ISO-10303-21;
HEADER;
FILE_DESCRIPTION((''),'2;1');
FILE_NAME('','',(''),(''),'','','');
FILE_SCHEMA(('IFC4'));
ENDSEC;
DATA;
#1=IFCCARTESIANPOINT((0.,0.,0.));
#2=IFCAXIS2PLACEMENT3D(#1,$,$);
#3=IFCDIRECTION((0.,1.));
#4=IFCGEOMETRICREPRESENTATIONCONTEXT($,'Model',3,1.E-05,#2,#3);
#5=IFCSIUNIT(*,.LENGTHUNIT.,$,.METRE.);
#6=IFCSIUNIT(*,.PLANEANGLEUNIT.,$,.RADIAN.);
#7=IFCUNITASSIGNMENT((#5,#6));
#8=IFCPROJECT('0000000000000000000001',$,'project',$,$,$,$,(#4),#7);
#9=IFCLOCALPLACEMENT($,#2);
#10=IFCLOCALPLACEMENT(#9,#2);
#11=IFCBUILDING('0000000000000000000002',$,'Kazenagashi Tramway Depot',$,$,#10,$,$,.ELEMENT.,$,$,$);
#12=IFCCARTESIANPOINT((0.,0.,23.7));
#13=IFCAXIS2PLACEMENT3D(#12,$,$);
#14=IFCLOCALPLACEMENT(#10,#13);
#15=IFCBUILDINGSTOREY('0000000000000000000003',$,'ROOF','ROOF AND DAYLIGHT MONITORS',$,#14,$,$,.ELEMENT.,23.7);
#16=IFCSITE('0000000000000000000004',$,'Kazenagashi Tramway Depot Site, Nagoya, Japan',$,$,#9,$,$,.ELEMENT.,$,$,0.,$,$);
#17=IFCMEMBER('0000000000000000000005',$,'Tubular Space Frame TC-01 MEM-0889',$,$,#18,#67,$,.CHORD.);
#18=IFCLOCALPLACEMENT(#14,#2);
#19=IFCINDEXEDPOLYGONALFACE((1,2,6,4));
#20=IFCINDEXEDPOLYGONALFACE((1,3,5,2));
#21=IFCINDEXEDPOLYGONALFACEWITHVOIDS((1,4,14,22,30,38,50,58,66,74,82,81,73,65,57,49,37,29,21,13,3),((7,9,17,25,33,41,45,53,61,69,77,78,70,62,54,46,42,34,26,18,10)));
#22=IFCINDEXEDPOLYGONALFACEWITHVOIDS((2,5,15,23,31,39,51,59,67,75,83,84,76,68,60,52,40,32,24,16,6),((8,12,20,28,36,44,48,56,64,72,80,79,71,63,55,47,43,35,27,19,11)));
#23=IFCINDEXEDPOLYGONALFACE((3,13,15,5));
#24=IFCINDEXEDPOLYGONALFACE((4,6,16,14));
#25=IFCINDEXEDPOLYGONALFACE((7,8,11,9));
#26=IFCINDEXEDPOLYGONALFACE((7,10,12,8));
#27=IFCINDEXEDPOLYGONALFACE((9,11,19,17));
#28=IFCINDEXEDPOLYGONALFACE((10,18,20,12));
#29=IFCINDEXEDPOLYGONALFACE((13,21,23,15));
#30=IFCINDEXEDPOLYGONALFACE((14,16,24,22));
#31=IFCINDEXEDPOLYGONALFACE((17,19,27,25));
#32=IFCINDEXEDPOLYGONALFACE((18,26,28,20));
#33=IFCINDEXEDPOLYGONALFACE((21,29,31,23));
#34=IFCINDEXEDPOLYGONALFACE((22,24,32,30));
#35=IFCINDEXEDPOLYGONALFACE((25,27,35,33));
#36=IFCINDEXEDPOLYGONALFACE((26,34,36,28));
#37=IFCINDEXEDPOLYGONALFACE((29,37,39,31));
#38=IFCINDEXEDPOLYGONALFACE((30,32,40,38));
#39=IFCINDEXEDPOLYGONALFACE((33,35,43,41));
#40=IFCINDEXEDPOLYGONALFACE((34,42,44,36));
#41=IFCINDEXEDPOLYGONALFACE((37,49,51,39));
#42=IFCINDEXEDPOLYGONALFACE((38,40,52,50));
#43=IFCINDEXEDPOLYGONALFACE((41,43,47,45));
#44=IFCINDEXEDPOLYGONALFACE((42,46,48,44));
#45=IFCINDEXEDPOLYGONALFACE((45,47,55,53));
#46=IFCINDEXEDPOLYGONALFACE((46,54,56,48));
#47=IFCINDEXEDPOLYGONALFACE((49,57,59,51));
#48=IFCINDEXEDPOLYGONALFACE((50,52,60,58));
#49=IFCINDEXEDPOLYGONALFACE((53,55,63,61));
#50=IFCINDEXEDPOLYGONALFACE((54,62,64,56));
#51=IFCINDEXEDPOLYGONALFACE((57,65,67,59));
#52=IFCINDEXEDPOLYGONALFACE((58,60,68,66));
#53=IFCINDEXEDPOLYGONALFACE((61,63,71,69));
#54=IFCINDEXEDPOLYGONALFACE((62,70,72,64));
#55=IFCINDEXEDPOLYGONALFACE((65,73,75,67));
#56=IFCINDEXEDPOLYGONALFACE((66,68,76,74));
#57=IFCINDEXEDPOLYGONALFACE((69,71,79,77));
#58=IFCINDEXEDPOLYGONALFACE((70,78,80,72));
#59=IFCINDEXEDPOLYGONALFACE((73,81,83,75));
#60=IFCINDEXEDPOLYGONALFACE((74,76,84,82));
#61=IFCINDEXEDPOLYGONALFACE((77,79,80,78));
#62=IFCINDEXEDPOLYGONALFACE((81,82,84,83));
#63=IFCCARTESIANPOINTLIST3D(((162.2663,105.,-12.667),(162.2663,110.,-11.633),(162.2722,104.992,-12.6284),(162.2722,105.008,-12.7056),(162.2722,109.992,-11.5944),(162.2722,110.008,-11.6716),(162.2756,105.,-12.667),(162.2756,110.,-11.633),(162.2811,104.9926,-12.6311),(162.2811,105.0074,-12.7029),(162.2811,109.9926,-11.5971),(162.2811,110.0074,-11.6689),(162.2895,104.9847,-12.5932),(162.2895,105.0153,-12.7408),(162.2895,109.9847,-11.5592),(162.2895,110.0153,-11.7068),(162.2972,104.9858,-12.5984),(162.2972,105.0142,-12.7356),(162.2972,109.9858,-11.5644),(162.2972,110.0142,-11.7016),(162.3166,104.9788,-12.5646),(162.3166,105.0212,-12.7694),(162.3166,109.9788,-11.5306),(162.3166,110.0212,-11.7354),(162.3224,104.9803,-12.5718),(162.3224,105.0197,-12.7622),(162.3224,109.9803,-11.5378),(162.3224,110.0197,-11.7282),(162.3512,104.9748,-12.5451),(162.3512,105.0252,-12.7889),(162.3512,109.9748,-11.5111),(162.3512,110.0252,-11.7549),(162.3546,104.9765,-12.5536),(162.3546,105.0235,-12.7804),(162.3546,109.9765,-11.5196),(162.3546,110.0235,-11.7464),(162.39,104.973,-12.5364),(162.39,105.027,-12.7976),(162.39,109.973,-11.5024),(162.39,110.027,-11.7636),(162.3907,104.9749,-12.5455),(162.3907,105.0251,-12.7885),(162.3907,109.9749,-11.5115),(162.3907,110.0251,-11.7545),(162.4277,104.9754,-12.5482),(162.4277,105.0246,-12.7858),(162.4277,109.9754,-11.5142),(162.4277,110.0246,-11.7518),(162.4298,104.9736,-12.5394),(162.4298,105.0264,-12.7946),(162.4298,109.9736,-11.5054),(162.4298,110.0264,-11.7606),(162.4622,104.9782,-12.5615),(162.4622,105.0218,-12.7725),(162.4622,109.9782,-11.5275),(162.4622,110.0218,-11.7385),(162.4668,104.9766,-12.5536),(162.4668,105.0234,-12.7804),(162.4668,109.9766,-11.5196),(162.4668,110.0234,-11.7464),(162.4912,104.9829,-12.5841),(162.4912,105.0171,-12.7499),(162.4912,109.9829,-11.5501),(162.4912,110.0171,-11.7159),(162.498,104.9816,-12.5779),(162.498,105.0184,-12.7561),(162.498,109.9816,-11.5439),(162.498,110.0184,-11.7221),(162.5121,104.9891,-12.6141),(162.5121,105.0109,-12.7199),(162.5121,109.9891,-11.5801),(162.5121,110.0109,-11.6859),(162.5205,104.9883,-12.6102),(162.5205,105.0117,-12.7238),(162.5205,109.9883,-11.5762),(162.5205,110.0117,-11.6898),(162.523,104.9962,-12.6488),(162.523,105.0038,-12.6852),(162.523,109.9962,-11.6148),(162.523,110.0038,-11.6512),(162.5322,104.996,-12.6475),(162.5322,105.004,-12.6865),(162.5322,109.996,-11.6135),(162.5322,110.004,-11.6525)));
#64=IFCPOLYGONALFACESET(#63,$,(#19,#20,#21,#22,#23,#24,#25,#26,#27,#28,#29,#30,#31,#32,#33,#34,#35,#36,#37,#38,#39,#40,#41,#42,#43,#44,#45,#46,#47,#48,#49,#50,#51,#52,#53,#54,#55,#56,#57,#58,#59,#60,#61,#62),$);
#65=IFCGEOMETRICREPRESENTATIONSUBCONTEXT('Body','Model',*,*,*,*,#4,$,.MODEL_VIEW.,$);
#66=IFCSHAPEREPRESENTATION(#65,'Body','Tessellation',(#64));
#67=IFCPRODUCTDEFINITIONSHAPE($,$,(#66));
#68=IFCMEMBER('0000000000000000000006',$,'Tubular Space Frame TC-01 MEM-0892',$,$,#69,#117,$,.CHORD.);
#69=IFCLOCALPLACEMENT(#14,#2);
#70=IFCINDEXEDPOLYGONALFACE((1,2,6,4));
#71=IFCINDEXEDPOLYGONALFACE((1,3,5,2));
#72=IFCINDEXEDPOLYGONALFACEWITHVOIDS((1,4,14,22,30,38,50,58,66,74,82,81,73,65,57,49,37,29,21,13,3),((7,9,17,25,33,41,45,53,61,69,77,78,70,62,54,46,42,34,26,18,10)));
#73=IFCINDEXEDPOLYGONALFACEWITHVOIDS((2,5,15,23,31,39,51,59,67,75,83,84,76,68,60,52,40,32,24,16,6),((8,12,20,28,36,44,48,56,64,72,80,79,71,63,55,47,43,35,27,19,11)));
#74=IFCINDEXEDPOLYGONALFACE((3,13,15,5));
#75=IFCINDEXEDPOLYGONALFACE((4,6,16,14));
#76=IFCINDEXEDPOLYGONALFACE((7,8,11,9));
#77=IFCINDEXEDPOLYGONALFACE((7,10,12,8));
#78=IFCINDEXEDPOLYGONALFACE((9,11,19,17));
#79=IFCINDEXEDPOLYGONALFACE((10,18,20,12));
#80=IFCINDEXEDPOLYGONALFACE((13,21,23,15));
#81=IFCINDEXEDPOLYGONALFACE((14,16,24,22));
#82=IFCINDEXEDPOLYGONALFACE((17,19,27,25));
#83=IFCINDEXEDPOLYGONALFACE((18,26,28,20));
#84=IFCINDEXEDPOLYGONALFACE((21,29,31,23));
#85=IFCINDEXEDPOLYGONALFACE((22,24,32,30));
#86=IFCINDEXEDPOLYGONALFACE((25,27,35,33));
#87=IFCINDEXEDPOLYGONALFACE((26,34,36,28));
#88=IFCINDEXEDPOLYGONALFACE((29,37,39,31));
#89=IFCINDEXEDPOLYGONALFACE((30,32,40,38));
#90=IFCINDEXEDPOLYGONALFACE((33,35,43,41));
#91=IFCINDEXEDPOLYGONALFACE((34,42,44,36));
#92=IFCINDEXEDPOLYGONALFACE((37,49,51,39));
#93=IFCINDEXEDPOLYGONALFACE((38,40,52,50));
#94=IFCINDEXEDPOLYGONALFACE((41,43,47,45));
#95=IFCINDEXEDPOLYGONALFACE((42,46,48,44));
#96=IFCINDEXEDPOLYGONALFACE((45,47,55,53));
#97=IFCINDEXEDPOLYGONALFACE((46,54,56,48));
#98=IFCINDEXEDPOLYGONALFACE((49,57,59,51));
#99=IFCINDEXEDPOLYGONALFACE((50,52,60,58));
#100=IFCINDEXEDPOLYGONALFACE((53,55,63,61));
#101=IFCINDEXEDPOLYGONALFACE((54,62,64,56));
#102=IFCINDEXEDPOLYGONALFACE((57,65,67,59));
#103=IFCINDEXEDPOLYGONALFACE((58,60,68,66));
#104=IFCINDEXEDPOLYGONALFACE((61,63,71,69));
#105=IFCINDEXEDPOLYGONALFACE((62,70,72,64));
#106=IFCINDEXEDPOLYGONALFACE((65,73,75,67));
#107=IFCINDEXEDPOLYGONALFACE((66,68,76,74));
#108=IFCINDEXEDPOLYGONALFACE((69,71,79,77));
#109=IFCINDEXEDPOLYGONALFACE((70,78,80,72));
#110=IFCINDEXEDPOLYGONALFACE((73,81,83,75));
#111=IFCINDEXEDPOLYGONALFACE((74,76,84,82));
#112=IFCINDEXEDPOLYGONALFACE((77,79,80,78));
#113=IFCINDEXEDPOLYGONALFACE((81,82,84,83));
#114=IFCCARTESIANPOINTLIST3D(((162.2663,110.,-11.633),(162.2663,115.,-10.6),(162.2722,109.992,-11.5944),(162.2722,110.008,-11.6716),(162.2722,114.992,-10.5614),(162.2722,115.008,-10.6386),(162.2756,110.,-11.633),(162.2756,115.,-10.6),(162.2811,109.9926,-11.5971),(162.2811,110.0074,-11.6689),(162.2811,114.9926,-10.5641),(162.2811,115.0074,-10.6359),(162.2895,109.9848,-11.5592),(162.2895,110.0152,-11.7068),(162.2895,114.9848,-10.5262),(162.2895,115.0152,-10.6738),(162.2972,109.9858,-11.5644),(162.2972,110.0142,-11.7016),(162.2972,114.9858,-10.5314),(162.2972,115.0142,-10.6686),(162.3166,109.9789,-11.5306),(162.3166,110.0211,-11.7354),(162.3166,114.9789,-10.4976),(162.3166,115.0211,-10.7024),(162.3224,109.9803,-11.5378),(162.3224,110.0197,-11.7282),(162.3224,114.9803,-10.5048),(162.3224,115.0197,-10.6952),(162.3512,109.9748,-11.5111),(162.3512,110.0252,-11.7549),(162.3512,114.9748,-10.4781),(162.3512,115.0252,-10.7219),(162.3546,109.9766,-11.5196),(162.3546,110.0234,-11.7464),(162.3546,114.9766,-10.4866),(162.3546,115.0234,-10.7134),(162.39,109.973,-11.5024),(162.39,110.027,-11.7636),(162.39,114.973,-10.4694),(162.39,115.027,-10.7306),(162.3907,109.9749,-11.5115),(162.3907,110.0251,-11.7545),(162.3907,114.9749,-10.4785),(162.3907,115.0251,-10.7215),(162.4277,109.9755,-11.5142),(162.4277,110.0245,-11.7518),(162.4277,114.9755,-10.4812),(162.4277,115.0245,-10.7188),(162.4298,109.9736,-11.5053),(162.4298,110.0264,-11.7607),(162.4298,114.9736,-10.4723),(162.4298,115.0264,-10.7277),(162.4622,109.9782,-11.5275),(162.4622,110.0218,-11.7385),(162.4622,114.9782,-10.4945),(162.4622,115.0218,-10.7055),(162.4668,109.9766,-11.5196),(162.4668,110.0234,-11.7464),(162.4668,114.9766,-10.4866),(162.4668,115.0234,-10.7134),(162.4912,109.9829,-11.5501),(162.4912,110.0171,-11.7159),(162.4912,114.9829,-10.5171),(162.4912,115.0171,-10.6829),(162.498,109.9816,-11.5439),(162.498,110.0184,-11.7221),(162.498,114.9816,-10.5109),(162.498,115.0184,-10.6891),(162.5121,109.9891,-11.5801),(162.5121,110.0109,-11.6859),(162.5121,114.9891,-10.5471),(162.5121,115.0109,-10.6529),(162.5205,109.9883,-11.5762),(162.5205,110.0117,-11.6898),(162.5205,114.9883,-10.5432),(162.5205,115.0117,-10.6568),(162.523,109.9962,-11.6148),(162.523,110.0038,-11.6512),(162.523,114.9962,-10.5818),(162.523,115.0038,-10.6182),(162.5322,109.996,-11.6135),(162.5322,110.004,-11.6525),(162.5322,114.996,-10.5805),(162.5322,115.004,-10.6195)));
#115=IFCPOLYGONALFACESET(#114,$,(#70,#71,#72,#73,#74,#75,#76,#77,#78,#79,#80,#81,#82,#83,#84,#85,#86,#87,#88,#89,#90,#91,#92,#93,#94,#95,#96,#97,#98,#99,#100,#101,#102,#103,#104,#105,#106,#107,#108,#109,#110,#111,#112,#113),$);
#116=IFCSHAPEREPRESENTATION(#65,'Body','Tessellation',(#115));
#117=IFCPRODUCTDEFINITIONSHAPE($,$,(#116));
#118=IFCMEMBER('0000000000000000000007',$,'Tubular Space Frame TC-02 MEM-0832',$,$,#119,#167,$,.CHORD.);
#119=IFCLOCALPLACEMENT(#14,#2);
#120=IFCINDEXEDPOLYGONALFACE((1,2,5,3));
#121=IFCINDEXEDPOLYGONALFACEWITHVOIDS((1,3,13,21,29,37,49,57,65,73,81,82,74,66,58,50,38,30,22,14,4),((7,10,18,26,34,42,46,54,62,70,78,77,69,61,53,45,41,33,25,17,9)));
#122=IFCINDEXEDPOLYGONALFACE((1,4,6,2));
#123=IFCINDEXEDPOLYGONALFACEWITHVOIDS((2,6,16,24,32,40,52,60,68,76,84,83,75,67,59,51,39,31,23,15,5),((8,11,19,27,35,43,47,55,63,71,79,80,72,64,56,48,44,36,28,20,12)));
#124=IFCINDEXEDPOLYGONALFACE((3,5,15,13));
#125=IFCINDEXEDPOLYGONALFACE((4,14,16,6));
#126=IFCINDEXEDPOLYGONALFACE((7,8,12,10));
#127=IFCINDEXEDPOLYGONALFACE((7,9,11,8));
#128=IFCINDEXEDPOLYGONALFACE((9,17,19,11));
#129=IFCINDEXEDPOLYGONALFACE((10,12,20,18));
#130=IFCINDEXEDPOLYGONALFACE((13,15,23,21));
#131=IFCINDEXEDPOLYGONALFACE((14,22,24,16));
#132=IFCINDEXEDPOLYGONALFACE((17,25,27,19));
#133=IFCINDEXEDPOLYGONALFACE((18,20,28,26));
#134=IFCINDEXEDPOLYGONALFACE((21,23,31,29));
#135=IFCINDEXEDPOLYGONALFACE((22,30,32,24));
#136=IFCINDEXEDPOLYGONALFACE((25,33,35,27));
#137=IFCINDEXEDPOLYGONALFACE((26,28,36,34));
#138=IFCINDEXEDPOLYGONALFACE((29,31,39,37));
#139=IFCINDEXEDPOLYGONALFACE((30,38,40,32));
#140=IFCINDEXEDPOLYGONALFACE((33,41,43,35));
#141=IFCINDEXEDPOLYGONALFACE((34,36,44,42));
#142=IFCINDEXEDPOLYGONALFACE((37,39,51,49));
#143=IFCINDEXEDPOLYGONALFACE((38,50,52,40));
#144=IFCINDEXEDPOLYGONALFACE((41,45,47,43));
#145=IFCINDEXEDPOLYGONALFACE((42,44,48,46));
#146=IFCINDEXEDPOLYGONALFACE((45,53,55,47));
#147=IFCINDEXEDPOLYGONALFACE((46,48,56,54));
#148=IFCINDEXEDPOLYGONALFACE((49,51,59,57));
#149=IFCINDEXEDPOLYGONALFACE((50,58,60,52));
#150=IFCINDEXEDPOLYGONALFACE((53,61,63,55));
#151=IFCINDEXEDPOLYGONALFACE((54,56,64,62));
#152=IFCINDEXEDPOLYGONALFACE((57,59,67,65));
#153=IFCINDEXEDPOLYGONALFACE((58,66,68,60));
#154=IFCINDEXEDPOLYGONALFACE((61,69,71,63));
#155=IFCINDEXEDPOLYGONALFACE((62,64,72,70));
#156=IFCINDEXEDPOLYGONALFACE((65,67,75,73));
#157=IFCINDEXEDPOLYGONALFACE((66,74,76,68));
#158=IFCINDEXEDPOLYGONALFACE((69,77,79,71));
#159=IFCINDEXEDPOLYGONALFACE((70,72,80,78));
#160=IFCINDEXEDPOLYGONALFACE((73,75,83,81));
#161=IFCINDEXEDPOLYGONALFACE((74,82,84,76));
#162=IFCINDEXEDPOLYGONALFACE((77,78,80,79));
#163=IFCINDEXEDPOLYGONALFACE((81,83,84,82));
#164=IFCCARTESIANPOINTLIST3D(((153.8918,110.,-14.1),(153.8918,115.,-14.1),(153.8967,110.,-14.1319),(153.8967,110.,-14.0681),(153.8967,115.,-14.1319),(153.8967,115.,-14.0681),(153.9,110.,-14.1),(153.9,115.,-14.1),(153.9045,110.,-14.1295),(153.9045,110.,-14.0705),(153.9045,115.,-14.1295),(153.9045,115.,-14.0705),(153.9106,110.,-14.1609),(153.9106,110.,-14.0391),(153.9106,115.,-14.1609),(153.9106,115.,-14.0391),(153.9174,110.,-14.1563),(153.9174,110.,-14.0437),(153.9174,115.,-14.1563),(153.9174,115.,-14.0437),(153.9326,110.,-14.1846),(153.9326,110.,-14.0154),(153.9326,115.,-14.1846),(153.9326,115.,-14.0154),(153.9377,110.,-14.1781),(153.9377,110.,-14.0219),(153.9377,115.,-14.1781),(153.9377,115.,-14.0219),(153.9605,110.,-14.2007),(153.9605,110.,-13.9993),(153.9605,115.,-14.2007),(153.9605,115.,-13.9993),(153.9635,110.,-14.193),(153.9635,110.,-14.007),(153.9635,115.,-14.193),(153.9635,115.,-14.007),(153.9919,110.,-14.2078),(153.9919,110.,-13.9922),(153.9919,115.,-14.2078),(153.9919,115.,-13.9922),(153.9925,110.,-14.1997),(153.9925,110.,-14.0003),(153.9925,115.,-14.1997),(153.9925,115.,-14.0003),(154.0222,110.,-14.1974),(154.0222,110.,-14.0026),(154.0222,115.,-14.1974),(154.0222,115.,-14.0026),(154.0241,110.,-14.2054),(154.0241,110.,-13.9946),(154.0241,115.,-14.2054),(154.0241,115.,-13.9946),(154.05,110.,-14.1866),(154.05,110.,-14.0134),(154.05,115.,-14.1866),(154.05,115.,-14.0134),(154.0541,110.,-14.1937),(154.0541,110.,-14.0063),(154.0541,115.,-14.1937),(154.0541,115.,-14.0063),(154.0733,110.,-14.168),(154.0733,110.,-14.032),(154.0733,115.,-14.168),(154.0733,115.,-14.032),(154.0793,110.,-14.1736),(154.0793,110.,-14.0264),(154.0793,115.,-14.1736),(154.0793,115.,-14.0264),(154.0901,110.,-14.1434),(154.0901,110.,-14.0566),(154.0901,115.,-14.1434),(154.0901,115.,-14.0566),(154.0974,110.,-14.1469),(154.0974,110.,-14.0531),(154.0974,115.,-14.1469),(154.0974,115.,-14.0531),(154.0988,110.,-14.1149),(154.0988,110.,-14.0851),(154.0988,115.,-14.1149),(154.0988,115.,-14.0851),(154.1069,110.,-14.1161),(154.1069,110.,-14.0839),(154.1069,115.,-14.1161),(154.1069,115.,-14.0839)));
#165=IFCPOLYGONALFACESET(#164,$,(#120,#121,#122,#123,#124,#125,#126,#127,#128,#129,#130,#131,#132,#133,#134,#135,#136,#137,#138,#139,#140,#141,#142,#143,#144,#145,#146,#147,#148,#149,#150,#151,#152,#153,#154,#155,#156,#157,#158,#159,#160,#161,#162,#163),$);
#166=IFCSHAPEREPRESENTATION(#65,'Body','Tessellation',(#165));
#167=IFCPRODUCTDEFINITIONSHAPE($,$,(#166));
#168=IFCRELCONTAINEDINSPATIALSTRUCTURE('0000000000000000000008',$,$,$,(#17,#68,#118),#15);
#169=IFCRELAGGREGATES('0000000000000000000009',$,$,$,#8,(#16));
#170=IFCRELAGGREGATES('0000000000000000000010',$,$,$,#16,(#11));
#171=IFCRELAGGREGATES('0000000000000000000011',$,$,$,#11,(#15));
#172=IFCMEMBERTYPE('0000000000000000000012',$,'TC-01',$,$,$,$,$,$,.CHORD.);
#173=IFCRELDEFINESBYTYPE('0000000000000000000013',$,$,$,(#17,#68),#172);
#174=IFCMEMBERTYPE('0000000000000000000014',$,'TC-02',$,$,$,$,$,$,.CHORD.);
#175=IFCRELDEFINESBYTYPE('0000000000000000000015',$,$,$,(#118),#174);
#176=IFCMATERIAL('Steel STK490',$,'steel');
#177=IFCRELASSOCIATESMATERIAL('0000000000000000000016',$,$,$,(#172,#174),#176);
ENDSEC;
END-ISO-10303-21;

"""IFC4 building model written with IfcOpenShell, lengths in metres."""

from ifc_helpers import new_model, si_unit, direction, frame, origin, origin_2d, place, context, subcontext, project, spatial, hollow_circle, extrude, material, material_profile, profile_set, type_object, element, save


model = new_model("IFC4")

# Units and contexts
model_context = context("Model", 3, precision=1e-05, world=origin(), true_north=direction((0.0, 1.0)))
body_context = subcontext(model_context, "Body", "Model", "MODEL_VIEW")
ifc_project = project(units=[si_unit("LENGTHUNIT", "METRE"), si_unit("PLANEANGLEUNIT", "RADIAN")], contexts=[model_context])

# Site, building, storey
site_placement = place(None, origin())
site = spatial("IfcSite", under=ifc_project, at=site_placement, Name="Kazenagashi Tramway Depot Site, Nagoya, Japan", CompositionType="ELEMENT", RefElevation=0.0)
building_placement = place(site_placement, origin())
building = spatial("IfcBuilding", under=site, at=building_placement, Name="Kazenagashi Tramway Depot", CompositionType="ELEMENT")
storey_placement = place(building_placement, frame((0.0, 0.0, 23.7)))
storey = spatial("IfcBuildingStorey", under=building, at=storey_placement, Name="ROOF", Description="ROOF AND DAYLIGHT MONITORS", CompositionType="ELEMENT", Elevation=23.7)

# Members
ifc_material_1 = material(Name="Steel STK490", Category="steel")
ifc_material_profile_1 = material_profile(ifc_material_1, hollow_circle(Radius=0.1337, WallThickness=0.0093, at=origin_2d()), Name="CHS-267.4x9.3")
ifc_profile_set_1 = profile_set([ifc_material_profile_1], Name="Steel STK490")
member_type_1 = type_object("IfcMemberType", Name="TC-01", PredefinedType="CHORD", material=ifc_profile_set_1)
member_1_placement = place(storey_placement, frame((162.4, 105.0, -12.667), z_axis=(0.0, 0.979279, 0.202515), x_axis=(-1.0, 0.0, 0.0)))
element("IfcMember", 1, at=member_1_placement, inside=storey, type_object=member_type_1, Name="Tubular Space Frame TC-01 MEM-0889", PredefinedType="CHORD", context=body_context, shape_type="SweptSolid", body=[
    extrude(hollow_circle(Radius=0.1337, WallThickness=0.0093, at=origin_2d()), origin(), (0.0, 0.0, 1.0), 5.1058),
])
member_2_placement = place(storey_placement, frame((162.4, 110.0, -11.633), z_axis=(0.0, 0.979318, 0.202327), x_axis=(-1.0, 0.0, 0.0)))
element("IfcMember", 2, at=member_2_placement, inside=storey, type_object=member_type_1, Name="Tubular Space Frame TC-01 MEM-0892", PredefinedType="CHORD", context=body_context, shape_type="SweptSolid", body=[
    extrude(hollow_circle(Radius=0.1337, WallThickness=0.0093, at=origin_2d()), origin(), (0.0, 0.0, 1.0), 5.1056),
])
ifc_material_profile_2 = material_profile(ifc_material_1, hollow_circle(Radius=0.1081, WallThickness=0.0082, at=origin_2d()), Name="CHS-216.3x8.2")
ifc_profile_set_2 = profile_set([ifc_material_profile_2], Name="Steel STK490")
member_type_2 = type_object("IfcMemberType", Name="TC-02", PredefinedType="CHORD", material=ifc_profile_set_2)
for number, where, z_axis, x_axis, name in (
    (3, (154.0, 110.0, -14.1), (0.0, 1.0, 0.0), (-1.0, 0.0, 0.0), "Tubular Space Frame TC-02 MEM-0832"),
):
    element("IfcMember", number, at=place(storey_placement, frame(where, z_axis=z_axis, x_axis=x_axis)), inside=storey, type_object=member_type_2, Name=name, PredefinedType="CHORD", context=body_context, shape_type="SweptSolid", body=[
        extrude(hollow_circle(Radius=0.1081, WallThickness=0.0082, at=origin_2d()), origin(), (0.0, 0.0, 1.0), 5.0),
    ])

save(model, "model.ifc")
